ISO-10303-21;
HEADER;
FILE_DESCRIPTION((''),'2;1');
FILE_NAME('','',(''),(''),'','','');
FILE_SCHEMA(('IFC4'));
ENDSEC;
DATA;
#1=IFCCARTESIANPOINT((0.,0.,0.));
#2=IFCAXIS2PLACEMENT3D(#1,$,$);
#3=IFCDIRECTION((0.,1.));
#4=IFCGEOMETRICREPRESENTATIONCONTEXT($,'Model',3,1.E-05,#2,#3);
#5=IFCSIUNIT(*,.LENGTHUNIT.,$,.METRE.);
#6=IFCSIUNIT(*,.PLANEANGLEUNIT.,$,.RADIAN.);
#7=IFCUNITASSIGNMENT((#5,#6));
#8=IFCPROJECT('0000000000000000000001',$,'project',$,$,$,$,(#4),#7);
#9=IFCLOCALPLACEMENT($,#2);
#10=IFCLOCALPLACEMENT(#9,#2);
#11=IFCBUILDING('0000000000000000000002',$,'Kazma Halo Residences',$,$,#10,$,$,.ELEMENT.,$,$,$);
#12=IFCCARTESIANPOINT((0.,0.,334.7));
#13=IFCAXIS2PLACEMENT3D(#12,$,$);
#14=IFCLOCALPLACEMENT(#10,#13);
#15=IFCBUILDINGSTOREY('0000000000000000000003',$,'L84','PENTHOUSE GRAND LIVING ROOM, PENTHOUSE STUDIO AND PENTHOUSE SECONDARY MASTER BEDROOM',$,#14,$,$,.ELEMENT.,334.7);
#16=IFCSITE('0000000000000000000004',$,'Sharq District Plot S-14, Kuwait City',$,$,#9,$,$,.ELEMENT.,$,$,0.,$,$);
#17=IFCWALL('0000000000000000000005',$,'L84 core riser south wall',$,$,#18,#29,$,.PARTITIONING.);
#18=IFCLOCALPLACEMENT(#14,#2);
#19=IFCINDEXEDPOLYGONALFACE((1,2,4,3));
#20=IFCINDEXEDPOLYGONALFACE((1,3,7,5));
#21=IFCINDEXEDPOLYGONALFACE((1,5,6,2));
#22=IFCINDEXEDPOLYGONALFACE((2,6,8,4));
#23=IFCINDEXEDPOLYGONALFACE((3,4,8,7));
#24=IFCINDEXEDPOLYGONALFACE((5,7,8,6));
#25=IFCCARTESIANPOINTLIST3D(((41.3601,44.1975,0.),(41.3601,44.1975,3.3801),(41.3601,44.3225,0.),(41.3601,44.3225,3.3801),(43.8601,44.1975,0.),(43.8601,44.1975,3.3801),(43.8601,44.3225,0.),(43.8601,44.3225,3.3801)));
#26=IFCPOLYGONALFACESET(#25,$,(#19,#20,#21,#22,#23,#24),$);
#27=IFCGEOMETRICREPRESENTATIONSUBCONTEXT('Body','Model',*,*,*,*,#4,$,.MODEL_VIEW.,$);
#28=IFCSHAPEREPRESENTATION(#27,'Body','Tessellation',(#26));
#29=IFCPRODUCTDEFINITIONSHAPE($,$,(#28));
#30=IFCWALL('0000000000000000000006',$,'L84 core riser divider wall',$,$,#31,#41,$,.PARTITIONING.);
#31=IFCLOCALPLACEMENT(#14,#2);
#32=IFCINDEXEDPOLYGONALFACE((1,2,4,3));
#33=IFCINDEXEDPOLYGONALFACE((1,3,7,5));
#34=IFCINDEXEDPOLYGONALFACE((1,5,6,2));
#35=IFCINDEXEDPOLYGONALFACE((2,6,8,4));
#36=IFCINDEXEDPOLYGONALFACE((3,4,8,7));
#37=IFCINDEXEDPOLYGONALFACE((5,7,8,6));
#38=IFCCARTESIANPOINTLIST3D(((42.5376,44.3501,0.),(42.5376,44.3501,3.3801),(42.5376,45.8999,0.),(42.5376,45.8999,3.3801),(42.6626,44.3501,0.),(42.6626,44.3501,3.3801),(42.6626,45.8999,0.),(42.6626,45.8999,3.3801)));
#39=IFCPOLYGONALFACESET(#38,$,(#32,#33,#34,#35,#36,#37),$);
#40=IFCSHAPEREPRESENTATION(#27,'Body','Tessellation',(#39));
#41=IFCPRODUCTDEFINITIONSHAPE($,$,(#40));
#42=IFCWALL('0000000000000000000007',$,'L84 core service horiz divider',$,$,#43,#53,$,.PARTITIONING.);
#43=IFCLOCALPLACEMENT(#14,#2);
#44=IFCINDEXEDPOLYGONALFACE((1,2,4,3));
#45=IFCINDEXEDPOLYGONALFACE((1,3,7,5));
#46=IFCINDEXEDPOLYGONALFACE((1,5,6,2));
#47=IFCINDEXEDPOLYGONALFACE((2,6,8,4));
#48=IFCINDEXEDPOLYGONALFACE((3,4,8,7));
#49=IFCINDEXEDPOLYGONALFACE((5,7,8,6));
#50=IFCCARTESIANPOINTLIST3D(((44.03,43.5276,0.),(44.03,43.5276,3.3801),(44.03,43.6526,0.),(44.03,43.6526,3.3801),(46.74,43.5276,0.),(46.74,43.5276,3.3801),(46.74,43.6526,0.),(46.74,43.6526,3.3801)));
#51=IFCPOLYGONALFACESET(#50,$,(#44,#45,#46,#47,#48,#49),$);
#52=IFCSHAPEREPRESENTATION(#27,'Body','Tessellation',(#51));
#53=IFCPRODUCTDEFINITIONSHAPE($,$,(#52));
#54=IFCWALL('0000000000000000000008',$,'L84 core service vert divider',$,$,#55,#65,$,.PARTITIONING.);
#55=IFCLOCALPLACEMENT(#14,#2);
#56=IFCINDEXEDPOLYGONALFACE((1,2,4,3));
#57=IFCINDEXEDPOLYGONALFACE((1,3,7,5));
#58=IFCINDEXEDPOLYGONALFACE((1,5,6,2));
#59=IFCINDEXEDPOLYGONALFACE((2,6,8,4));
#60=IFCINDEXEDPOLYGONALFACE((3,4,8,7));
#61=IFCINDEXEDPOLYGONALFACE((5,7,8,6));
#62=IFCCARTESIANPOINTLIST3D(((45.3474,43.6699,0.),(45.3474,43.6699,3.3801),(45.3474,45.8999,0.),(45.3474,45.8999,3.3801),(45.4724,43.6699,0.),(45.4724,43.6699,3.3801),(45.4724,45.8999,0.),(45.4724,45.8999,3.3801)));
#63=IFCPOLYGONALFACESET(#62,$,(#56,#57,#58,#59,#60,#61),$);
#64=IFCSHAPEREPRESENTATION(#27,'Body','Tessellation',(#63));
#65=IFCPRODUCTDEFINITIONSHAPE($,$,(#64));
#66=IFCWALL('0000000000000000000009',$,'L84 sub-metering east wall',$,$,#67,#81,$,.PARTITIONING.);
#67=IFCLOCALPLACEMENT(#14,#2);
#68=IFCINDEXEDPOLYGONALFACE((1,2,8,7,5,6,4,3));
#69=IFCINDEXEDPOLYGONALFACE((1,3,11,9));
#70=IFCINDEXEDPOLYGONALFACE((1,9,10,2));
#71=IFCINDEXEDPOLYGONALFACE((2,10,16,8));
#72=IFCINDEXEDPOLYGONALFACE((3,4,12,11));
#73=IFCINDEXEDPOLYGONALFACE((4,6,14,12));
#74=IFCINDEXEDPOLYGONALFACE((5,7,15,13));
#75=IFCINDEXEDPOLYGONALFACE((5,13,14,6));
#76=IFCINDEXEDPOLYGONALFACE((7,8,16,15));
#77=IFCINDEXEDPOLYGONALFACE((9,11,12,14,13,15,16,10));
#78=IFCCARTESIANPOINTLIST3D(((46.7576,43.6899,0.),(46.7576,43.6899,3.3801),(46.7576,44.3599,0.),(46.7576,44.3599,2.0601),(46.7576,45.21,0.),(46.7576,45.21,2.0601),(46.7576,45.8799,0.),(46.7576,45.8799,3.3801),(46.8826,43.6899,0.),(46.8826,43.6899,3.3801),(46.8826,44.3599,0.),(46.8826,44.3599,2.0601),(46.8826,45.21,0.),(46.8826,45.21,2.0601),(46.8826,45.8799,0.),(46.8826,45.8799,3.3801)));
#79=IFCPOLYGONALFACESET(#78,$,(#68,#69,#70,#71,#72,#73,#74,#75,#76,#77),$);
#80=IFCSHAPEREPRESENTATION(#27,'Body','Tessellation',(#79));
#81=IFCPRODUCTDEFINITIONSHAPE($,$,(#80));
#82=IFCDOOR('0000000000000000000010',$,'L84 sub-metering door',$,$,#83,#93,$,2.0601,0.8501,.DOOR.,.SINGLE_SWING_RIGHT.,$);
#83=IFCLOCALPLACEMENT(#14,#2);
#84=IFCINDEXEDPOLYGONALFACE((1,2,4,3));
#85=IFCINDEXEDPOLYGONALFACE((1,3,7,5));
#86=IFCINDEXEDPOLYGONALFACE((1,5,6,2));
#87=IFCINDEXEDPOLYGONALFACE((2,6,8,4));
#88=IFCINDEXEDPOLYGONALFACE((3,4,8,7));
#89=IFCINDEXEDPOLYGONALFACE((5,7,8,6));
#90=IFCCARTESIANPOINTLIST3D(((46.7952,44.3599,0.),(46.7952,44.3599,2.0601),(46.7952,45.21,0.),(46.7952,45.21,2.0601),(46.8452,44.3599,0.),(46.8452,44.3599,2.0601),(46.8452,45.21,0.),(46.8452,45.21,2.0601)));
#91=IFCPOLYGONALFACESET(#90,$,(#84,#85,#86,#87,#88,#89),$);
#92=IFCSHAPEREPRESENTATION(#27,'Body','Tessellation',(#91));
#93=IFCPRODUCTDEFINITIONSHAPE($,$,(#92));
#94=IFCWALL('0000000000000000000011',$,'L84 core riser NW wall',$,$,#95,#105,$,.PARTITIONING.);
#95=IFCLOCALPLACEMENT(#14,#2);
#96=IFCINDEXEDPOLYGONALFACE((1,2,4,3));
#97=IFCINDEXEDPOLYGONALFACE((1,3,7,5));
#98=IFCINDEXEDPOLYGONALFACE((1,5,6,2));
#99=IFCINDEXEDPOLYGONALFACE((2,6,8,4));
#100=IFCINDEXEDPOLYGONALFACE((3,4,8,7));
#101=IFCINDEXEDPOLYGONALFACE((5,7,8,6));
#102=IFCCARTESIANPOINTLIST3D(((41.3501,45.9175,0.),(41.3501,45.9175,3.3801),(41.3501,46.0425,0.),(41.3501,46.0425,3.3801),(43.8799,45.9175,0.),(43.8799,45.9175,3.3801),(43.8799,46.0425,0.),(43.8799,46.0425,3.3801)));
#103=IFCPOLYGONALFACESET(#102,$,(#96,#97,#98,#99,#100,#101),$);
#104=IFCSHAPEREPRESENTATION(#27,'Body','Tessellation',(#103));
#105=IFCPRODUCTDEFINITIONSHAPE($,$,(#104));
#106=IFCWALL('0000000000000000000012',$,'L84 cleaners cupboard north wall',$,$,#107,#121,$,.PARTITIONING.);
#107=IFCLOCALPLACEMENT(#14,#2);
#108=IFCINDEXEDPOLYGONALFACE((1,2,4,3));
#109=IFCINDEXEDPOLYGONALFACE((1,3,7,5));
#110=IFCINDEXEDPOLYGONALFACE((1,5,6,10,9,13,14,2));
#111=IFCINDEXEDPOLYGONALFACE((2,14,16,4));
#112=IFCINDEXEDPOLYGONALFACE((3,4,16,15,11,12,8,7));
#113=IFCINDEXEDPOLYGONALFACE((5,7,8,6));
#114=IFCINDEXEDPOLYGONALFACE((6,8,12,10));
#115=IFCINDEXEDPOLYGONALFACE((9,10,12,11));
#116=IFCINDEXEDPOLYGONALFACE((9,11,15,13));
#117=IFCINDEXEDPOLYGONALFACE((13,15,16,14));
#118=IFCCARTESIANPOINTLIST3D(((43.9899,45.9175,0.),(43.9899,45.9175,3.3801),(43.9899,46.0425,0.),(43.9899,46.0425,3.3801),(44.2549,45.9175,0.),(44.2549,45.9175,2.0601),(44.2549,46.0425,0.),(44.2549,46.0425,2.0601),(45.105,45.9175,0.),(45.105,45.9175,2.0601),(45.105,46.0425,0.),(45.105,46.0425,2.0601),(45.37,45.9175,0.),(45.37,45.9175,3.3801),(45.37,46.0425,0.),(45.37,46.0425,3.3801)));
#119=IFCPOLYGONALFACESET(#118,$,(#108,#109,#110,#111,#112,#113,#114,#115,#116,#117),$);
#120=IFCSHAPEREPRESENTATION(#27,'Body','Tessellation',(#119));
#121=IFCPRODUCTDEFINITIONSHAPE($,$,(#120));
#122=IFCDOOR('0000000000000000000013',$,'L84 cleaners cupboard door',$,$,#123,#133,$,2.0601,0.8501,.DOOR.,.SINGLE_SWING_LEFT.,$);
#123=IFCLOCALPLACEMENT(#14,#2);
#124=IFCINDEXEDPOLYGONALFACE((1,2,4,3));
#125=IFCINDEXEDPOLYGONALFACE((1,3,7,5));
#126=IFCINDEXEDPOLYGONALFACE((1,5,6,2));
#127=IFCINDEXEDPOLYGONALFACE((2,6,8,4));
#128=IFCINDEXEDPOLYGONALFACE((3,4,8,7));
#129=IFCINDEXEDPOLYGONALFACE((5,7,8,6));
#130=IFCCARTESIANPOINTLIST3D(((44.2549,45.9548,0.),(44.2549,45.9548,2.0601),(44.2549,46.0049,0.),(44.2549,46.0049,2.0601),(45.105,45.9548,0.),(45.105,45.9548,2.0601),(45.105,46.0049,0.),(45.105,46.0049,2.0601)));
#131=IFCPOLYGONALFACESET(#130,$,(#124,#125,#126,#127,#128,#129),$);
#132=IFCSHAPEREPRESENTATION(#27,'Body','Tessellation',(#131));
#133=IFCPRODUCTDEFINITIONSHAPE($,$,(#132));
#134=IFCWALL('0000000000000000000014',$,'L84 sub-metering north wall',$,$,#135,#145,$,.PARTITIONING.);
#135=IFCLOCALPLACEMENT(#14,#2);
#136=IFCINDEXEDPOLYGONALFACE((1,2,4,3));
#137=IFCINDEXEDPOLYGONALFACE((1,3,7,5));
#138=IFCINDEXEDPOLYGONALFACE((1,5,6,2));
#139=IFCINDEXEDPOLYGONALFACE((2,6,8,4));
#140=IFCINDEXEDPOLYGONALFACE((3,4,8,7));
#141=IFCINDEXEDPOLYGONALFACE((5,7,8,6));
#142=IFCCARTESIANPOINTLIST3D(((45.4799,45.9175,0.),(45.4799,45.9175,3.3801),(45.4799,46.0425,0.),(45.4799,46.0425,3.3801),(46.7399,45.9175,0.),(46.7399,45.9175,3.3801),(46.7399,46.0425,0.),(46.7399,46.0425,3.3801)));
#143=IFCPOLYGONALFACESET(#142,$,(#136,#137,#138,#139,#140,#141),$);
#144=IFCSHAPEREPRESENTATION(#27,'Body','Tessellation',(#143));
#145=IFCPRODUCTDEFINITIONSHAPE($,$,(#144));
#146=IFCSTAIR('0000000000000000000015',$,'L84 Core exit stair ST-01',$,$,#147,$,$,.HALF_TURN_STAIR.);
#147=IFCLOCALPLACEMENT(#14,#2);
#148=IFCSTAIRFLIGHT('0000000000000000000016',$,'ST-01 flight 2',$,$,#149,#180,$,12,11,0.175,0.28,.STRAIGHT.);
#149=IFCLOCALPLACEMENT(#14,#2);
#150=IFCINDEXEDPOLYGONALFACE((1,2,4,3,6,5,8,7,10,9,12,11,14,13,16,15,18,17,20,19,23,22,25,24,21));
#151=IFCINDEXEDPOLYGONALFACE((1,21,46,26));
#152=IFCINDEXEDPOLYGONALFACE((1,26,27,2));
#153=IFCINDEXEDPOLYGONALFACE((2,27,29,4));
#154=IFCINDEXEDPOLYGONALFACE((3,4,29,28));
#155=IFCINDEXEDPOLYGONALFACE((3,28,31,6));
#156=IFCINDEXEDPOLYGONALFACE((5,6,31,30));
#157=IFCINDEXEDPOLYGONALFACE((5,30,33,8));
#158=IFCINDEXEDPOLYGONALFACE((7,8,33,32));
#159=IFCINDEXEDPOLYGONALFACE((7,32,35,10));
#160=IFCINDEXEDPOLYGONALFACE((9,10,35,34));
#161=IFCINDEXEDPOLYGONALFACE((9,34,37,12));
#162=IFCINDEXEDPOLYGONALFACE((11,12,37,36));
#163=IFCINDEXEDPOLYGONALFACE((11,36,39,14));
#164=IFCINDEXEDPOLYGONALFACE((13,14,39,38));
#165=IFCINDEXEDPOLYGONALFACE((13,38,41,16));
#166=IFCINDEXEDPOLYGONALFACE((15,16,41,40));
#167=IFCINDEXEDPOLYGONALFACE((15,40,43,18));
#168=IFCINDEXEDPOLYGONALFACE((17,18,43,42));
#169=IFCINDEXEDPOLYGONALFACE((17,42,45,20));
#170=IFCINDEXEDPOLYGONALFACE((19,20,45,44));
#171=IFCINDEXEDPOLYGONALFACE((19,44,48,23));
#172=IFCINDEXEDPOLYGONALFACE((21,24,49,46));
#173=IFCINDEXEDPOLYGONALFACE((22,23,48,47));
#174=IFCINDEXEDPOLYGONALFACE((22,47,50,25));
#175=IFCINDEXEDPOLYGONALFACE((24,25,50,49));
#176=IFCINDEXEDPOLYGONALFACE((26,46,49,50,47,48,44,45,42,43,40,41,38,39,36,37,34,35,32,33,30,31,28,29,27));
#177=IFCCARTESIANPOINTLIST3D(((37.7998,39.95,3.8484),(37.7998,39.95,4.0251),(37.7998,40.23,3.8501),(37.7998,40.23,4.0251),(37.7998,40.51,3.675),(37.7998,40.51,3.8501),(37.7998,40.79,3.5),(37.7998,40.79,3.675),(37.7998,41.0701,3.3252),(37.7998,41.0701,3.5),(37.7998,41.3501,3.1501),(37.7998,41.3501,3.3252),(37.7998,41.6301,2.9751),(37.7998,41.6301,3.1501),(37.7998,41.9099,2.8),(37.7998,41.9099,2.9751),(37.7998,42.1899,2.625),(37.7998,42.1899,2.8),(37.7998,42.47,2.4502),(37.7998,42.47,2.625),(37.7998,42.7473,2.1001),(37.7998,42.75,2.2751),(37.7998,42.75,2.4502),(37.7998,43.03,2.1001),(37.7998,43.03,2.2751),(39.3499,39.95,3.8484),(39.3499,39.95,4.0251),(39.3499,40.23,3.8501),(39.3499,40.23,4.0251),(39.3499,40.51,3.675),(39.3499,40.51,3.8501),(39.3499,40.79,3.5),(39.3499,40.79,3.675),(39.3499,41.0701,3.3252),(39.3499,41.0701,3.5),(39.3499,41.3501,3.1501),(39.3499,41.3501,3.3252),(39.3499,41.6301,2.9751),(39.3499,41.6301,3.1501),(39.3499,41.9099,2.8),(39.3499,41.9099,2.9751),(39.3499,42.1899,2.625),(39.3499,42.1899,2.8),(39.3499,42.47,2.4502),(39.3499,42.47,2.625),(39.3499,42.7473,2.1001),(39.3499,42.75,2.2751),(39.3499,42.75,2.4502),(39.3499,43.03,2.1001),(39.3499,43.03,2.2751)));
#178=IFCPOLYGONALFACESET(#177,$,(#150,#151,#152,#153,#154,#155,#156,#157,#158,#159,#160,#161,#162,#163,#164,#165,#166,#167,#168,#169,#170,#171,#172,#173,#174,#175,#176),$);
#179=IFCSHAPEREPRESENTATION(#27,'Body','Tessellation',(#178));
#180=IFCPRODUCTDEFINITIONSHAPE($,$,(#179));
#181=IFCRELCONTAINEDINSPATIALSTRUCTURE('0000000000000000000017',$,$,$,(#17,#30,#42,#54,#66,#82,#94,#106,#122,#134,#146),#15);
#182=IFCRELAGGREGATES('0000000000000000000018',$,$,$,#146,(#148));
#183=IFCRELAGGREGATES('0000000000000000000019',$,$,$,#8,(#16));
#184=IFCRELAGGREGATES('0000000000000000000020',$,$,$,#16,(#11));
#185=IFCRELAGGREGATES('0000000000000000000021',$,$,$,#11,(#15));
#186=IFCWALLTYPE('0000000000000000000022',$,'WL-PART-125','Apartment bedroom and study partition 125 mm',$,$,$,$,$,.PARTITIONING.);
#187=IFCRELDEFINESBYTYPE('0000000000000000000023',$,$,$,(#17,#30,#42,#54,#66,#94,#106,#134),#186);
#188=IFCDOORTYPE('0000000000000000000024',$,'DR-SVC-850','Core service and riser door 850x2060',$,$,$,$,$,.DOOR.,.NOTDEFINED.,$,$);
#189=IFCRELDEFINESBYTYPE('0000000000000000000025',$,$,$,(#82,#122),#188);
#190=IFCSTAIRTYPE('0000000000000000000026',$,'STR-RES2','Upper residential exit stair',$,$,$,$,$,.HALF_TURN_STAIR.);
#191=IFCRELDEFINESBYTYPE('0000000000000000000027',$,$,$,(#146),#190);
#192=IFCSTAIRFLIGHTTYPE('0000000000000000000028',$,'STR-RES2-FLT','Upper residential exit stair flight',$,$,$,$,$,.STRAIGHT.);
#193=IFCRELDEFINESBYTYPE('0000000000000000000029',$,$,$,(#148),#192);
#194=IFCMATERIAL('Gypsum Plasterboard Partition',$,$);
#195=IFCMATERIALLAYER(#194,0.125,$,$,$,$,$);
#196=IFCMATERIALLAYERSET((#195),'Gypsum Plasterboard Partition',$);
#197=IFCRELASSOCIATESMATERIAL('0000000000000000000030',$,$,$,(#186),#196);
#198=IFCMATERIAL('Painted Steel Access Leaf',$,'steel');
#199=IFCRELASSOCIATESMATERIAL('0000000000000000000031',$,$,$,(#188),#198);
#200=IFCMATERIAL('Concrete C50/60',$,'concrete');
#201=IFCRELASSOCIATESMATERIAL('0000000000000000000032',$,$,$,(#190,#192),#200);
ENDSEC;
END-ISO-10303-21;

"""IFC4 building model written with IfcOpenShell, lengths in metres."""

from ifc_helpers import new_model, si_unit, direction, frame, frame_2d, origin, place, context, subcontext, project, spatial, polyline, rectangle, outline, extrude, material, layer, layer_set, type_object, element, fill, aggregate, save


model = new_model("IFC4")

# Units and contexts
model_context = context("Model", 3, precision=1e-05, world=origin(), true_north=direction((0.0, 1.0)))
body_context = subcontext(model_context, "Body", "Model", "MODEL_VIEW")
ifc_project = project(units=[si_unit("LENGTHUNIT", "METRE"), si_unit("PLANEANGLEUNIT", "RADIAN")], contexts=[model_context])

# Site, building, storey
site_placement = place(None, origin())
site = spatial("IfcSite", under=ifc_project, at=site_placement, Name="Sharq District Plot S-14, Kuwait City", CompositionType="ELEMENT", RefElevation=0.0)
building_placement = place(site_placement, origin())
building = spatial("IfcBuilding", under=site, at=building_placement, Name="Kazma Halo Residences", CompositionType="ELEMENT")
storey_placement = place(building_placement, frame((0.0, 0.0, 334.7)))
storey = spatial("IfcBuildingStorey", under=building, at=storey_placement, Name="L84", Description="PENTHOUSE GRAND LIVING ROOM, PENTHOUSE STUDIO AND PENTHOUSE SECONDARY MASTER BEDROOM", CompositionType="ELEMENT", Elevation=334.7)

# Shared definitions
ifc_material_1 = material(Name="Gypsum Plasterboard Partition")
ifc_layer_1 = layer(ifc_material_1, 0.125)
ifc_layer_set_1 = layer_set([ifc_layer_1], Name="Gypsum Plasterboard Partition")
wall_type_1 = type_object("IfcWallType", Name="WL-PART-125", Description="Apartment bedroom and study partition 125 mm", PredefinedType="PARTITIONING", material=ifc_layer_set_1)

# Shared definitions
ifc_material_2 = material(Name="Painted Steel Access Leaf", Category="steel")
door_type = type_object("IfcDoorType", Name="DR-SVC-850", Description="Core service and riser door 850x2060", OperationType="NOTDEFINED", PredefinedType="DOOR", material=ifc_material_2)

# Walls
wall_1_placement = place(storey_placement, frame((41.3601, 44.26, 0.0), z_axis=(0.0, 0.0, 1.0), x_axis=(1.0, 0.0, 0.0)))
element("IfcWall", 1, at=wall_1_placement, inside=storey, type_object=wall_type_1, Name="L84 core riser south wall", PredefinedType="PARTITIONING", context=body_context, shape_type="SweptSolid", body=[
    extrude(rectangle(XDim=2.5, YDim=0.125, at=frame_2d((1.25, 0.0))), origin(), (0.0, 0.0, 1.0), 3.3801),
])
wall_2_placement = place(storey_placement, frame((42.6001, 44.3501, 0.0), z_axis=(0.0, 0.0, 1.0), x_axis=(0.0, 1.0, 0.0)))
element("IfcWall", 2, at=wall_2_placement, inside=storey, type_object=wall_type_1, Name="L84 core riser divider wall", PredefinedType="PARTITIONING", context=body_context, shape_type="SweptSolid", body=[
    extrude(rectangle(XDim=1.5498, YDim=0.125, at=frame_2d((0.7749, 0.0))), origin(), (0.0, 0.0, 1.0), 3.3801),
])
wall_3_placement = place(storey_placement, frame((44.03, 43.5901, 0.0), z_axis=(0.0, 0.0, 1.0), x_axis=(1.0, 0.0, 0.0)))
element("IfcWall", 3, at=wall_3_placement, inside=storey, type_object=wall_type_1, Name="L84 core service horiz divider", PredefinedType="PARTITIONING", context=body_context, shape_type="SweptSolid", body=[
    extrude(rectangle(XDim=2.71, YDim=0.125, at=frame_2d((1.355, 0.0))), origin(), (0.0, 0.0, 1.0), 3.3801),
])
wall_4_placement = place(storey_placement, frame((45.4099, 43.6699, 0.0), z_axis=(0.0, 0.0, 1.0), x_axis=(0.0, 1.0, 0.0)))
element("IfcWall", 4, at=wall_4_placement, inside=storey, type_object=wall_type_1, Name="L84 core service vert divider", PredefinedType="PARTITIONING", context=body_context, shape_type="SweptSolid", body=[
    extrude(rectangle(XDim=2.23, YDim=0.125, at=frame_2d((1.115, 0.0))), origin(), (0.0, 0.0, 1.0), 3.3801),
])

# Wall, opening, door
wall_5_placement = place(storey_placement, frame((46.8201, 43.6899, 0.0), z_axis=(0.0, 0.0, 1.0), x_axis=(0.0, 1.0, 0.0)))
wall_5 = element("IfcWall", 5, at=wall_5_placement, inside=storey, type_object=wall_type_1, Name="L84 sub-metering east wall", PredefinedType="PARTITIONING", context=body_context, shape_type="SweptSolid", body=[
    extrude(rectangle(XDim=2.1899, YDim=0.125, at=frame_2d((1.095, 0.0))), origin(), (0.0, 0.0, 1.0), 3.3801),
])
opening_1_placement = place(wall_5_placement, frame((0.6699, 0.0, 0.0)))
opening_1 = element("IfcOpeningElement", 6, at=opening_1_placement, cuts=wall_5, PredefinedType="OPENING", context=body_context, shape_type="SweptSolid", body=[
    extrude(rectangle(XDim=0.8501, YDim=2.0601, at=frame_2d((0.425, 1.03))), frame((0.0, 0.0725, 0.0), z_axis=(0.0, -1.0, 0.0), x_axis=(1.0, 0.0, 0.0)), (0.0, 0.0, 1.0), 0.145),
])
door_1_placement = place(opening_1_placement, origin())
door_1 = element("IfcDoor", 7, at=door_1_placement, inside=storey, type_object=door_type, Name="L84 sub-metering door", OperationType="SINGLE_SWING_RIGHT", OverallHeight=2.0601, OverallWidth=0.8501, PredefinedType="DOOR", context=body_context, shape_type="SweptSolid", body=[
    extrude(rectangle(XDim=0.8501, YDim=2.0601, at=frame_2d((0.425, 1.03))), frame((0.0, 0.0249, 0.0), z_axis=(0.0, -1.0, 0.0), x_axis=(1.0, 0.0, 0.0)), (0.0, 0.0, 1.0), 0.05),
])
fill(opening_1, door_1)

# Wall
wall_6_placement = place(storey_placement, frame((41.3501, 45.98, 0.0), z_axis=(0.0, 0.0, 1.0), x_axis=(1.0, 0.0, 0.0)))
element("IfcWall", 8, at=wall_6_placement, inside=storey, type_object=wall_type_1, Name="L84 core riser NW wall", PredefinedType="PARTITIONING", context=body_context, shape_type="SweptSolid", body=[
    extrude(rectangle(XDim=2.5298, YDim=0.125, at=frame_2d((1.2649, 0.0))), origin(), (0.0, 0.0, 1.0), 3.3801),
])

# Wall, opening, door
wall_7_placement = place(storey_placement, frame((43.99, 45.98, 0.0), z_axis=(0.0, 0.0, 1.0), x_axis=(1.0, 0.0, 0.0)))
wall_7 = element("IfcWall", 9, at=wall_7_placement, inside=storey, type_object=wall_type_1, Name="L84 cleaners cupboard north wall", PredefinedType="PARTITIONING", context=body_context, shape_type="SweptSolid", body=[
    extrude(rectangle(XDim=1.3801, YDim=0.125, at=frame_2d((0.6899, 0.0))), origin(), (0.0, 0.0, 1.0), 3.3801),
])
opening_2_placement = place(wall_7_placement, frame((0.2649, 0.0, 0.0)))
opening_2 = element("IfcOpeningElement", 10, at=opening_2_placement, cuts=wall_7, PredefinedType="OPENING", context=body_context, shape_type="SweptSolid", body=[
    extrude(rectangle(XDim=0.8501, YDim=2.0601, at=frame_2d((0.425, 1.03))), frame((0.0, 0.0725, 0.0), z_axis=(0.0, -1.0, 0.0), x_axis=(1.0, 0.0, 0.0)), (0.0, 0.0, 1.0), 0.145),
])
door_2_placement = place(opening_2_placement, origin())
door_2 = element("IfcDoor", 11, at=door_2_placement, inside=storey, type_object=door_type, Name="L84 cleaners cupboard door", OperationType="SINGLE_SWING_LEFT", OverallHeight=2.0601, OverallWidth=0.8501, PredefinedType="DOOR", context=body_context, shape_type="SweptSolid", body=[
    extrude(rectangle(XDim=0.8501, YDim=2.0601, at=frame_2d((0.425, 1.03))), frame((0.0, 0.0249, 0.0), z_axis=(0.0, -1.0, 0.0), x_axis=(1.0, 0.0, 0.0)), (0.0, 0.0, 1.0), 0.05),
])
fill(opening_2, door_2)

# Wall
wall_8_placement = place(storey_placement, frame((45.48, 45.98, 0.0), z_axis=(0.0, 0.0, 1.0), x_axis=(1.0, 0.0, 0.0)))
element("IfcWall", 12, at=wall_8_placement, inside=storey, type_object=wall_type_1, Name="L84 sub-metering north wall", PredefinedType="PARTITIONING", context=body_context, shape_type="SweptSolid", body=[
    extrude(rectangle(XDim=1.26, YDim=0.125, at=frame_2d((0.6299, 0.0))), origin(), (0.0, 0.0, 1.0), 3.3801),
])

# Stair, stair flight
ifc_material_3 = material(Name="Concrete C50/60", Category="concrete")
stair_type = type_object("IfcStairType", Name="STR-RES2", Description="Upper residential exit stair", PredefinedType="HALF_TURN_STAIR", material=ifc_material_3)
stair_placement = place(storey_placement, origin())
stair = element("IfcStair", 13, at=stair_placement, inside=storey, type_object=stair_type, Name="L84 Core exit stair ST-01", PredefinedType="HALF_TURN_STAIR")
stair_flight_type = type_object("IfcStairFlightType", Name="STR-RES2-FLT", Description="Upper residential exit stair flight", PredefinedType="STRAIGHT", material=ifc_material_3)
stair_flight_placement = place(storey_placement, frame((38.575, 43.03, 2.1001), z_axis=(0.0, 0.0, 1.0), x_axis=(0.0, -1.0, 0.0)))
stair_flight = element("IfcStairFlight", 14, at=stair_flight_placement, type_object=stair_flight_type, Name="ST-01 flight 2", NumberOfRisers=12, NumberOfTreads=11, PredefinedType="STRAIGHT", RiserHeight=0.175, TreadLength=0.28, context=body_context, shape_type="SweptSolid", body=[
    extrude(outline(polyline([(0.0, 0.0), (0.0, 0.175), (0.28, 0.175), (0.28, 0.3501), (0.5601, 0.3501), (0.5601, 0.5249), (0.8401, 0.5249), (0.8401, 0.7), (1.1201, 0.7), (1.1201, 0.875), (1.3999, 0.875), (1.3999, 1.05), (1.6799, 1.05), (1.6799, 1.2251), (1.96, 1.2251), (1.96, 1.3999), (2.24, 1.3999), (2.24, 1.575), (2.52, 1.575), (2.52, 1.75), (2.8, 1.75), (2.8, 1.925), (3.0801, 1.925), (3.0801, 2.1001), (3.0801, 1.7483), (0.2827, 0.0), (0.0, 0.0)])), frame((0.0, 0.7749, 0.0), z_axis=(0.0, -1.0, 0.0), x_axis=(1.0, 0.0, 0.0)), (0.0, 0.0, 1.0), 1.55),
])
aggregate(stair, [stair_flight])

save(model, "model.ifc")
